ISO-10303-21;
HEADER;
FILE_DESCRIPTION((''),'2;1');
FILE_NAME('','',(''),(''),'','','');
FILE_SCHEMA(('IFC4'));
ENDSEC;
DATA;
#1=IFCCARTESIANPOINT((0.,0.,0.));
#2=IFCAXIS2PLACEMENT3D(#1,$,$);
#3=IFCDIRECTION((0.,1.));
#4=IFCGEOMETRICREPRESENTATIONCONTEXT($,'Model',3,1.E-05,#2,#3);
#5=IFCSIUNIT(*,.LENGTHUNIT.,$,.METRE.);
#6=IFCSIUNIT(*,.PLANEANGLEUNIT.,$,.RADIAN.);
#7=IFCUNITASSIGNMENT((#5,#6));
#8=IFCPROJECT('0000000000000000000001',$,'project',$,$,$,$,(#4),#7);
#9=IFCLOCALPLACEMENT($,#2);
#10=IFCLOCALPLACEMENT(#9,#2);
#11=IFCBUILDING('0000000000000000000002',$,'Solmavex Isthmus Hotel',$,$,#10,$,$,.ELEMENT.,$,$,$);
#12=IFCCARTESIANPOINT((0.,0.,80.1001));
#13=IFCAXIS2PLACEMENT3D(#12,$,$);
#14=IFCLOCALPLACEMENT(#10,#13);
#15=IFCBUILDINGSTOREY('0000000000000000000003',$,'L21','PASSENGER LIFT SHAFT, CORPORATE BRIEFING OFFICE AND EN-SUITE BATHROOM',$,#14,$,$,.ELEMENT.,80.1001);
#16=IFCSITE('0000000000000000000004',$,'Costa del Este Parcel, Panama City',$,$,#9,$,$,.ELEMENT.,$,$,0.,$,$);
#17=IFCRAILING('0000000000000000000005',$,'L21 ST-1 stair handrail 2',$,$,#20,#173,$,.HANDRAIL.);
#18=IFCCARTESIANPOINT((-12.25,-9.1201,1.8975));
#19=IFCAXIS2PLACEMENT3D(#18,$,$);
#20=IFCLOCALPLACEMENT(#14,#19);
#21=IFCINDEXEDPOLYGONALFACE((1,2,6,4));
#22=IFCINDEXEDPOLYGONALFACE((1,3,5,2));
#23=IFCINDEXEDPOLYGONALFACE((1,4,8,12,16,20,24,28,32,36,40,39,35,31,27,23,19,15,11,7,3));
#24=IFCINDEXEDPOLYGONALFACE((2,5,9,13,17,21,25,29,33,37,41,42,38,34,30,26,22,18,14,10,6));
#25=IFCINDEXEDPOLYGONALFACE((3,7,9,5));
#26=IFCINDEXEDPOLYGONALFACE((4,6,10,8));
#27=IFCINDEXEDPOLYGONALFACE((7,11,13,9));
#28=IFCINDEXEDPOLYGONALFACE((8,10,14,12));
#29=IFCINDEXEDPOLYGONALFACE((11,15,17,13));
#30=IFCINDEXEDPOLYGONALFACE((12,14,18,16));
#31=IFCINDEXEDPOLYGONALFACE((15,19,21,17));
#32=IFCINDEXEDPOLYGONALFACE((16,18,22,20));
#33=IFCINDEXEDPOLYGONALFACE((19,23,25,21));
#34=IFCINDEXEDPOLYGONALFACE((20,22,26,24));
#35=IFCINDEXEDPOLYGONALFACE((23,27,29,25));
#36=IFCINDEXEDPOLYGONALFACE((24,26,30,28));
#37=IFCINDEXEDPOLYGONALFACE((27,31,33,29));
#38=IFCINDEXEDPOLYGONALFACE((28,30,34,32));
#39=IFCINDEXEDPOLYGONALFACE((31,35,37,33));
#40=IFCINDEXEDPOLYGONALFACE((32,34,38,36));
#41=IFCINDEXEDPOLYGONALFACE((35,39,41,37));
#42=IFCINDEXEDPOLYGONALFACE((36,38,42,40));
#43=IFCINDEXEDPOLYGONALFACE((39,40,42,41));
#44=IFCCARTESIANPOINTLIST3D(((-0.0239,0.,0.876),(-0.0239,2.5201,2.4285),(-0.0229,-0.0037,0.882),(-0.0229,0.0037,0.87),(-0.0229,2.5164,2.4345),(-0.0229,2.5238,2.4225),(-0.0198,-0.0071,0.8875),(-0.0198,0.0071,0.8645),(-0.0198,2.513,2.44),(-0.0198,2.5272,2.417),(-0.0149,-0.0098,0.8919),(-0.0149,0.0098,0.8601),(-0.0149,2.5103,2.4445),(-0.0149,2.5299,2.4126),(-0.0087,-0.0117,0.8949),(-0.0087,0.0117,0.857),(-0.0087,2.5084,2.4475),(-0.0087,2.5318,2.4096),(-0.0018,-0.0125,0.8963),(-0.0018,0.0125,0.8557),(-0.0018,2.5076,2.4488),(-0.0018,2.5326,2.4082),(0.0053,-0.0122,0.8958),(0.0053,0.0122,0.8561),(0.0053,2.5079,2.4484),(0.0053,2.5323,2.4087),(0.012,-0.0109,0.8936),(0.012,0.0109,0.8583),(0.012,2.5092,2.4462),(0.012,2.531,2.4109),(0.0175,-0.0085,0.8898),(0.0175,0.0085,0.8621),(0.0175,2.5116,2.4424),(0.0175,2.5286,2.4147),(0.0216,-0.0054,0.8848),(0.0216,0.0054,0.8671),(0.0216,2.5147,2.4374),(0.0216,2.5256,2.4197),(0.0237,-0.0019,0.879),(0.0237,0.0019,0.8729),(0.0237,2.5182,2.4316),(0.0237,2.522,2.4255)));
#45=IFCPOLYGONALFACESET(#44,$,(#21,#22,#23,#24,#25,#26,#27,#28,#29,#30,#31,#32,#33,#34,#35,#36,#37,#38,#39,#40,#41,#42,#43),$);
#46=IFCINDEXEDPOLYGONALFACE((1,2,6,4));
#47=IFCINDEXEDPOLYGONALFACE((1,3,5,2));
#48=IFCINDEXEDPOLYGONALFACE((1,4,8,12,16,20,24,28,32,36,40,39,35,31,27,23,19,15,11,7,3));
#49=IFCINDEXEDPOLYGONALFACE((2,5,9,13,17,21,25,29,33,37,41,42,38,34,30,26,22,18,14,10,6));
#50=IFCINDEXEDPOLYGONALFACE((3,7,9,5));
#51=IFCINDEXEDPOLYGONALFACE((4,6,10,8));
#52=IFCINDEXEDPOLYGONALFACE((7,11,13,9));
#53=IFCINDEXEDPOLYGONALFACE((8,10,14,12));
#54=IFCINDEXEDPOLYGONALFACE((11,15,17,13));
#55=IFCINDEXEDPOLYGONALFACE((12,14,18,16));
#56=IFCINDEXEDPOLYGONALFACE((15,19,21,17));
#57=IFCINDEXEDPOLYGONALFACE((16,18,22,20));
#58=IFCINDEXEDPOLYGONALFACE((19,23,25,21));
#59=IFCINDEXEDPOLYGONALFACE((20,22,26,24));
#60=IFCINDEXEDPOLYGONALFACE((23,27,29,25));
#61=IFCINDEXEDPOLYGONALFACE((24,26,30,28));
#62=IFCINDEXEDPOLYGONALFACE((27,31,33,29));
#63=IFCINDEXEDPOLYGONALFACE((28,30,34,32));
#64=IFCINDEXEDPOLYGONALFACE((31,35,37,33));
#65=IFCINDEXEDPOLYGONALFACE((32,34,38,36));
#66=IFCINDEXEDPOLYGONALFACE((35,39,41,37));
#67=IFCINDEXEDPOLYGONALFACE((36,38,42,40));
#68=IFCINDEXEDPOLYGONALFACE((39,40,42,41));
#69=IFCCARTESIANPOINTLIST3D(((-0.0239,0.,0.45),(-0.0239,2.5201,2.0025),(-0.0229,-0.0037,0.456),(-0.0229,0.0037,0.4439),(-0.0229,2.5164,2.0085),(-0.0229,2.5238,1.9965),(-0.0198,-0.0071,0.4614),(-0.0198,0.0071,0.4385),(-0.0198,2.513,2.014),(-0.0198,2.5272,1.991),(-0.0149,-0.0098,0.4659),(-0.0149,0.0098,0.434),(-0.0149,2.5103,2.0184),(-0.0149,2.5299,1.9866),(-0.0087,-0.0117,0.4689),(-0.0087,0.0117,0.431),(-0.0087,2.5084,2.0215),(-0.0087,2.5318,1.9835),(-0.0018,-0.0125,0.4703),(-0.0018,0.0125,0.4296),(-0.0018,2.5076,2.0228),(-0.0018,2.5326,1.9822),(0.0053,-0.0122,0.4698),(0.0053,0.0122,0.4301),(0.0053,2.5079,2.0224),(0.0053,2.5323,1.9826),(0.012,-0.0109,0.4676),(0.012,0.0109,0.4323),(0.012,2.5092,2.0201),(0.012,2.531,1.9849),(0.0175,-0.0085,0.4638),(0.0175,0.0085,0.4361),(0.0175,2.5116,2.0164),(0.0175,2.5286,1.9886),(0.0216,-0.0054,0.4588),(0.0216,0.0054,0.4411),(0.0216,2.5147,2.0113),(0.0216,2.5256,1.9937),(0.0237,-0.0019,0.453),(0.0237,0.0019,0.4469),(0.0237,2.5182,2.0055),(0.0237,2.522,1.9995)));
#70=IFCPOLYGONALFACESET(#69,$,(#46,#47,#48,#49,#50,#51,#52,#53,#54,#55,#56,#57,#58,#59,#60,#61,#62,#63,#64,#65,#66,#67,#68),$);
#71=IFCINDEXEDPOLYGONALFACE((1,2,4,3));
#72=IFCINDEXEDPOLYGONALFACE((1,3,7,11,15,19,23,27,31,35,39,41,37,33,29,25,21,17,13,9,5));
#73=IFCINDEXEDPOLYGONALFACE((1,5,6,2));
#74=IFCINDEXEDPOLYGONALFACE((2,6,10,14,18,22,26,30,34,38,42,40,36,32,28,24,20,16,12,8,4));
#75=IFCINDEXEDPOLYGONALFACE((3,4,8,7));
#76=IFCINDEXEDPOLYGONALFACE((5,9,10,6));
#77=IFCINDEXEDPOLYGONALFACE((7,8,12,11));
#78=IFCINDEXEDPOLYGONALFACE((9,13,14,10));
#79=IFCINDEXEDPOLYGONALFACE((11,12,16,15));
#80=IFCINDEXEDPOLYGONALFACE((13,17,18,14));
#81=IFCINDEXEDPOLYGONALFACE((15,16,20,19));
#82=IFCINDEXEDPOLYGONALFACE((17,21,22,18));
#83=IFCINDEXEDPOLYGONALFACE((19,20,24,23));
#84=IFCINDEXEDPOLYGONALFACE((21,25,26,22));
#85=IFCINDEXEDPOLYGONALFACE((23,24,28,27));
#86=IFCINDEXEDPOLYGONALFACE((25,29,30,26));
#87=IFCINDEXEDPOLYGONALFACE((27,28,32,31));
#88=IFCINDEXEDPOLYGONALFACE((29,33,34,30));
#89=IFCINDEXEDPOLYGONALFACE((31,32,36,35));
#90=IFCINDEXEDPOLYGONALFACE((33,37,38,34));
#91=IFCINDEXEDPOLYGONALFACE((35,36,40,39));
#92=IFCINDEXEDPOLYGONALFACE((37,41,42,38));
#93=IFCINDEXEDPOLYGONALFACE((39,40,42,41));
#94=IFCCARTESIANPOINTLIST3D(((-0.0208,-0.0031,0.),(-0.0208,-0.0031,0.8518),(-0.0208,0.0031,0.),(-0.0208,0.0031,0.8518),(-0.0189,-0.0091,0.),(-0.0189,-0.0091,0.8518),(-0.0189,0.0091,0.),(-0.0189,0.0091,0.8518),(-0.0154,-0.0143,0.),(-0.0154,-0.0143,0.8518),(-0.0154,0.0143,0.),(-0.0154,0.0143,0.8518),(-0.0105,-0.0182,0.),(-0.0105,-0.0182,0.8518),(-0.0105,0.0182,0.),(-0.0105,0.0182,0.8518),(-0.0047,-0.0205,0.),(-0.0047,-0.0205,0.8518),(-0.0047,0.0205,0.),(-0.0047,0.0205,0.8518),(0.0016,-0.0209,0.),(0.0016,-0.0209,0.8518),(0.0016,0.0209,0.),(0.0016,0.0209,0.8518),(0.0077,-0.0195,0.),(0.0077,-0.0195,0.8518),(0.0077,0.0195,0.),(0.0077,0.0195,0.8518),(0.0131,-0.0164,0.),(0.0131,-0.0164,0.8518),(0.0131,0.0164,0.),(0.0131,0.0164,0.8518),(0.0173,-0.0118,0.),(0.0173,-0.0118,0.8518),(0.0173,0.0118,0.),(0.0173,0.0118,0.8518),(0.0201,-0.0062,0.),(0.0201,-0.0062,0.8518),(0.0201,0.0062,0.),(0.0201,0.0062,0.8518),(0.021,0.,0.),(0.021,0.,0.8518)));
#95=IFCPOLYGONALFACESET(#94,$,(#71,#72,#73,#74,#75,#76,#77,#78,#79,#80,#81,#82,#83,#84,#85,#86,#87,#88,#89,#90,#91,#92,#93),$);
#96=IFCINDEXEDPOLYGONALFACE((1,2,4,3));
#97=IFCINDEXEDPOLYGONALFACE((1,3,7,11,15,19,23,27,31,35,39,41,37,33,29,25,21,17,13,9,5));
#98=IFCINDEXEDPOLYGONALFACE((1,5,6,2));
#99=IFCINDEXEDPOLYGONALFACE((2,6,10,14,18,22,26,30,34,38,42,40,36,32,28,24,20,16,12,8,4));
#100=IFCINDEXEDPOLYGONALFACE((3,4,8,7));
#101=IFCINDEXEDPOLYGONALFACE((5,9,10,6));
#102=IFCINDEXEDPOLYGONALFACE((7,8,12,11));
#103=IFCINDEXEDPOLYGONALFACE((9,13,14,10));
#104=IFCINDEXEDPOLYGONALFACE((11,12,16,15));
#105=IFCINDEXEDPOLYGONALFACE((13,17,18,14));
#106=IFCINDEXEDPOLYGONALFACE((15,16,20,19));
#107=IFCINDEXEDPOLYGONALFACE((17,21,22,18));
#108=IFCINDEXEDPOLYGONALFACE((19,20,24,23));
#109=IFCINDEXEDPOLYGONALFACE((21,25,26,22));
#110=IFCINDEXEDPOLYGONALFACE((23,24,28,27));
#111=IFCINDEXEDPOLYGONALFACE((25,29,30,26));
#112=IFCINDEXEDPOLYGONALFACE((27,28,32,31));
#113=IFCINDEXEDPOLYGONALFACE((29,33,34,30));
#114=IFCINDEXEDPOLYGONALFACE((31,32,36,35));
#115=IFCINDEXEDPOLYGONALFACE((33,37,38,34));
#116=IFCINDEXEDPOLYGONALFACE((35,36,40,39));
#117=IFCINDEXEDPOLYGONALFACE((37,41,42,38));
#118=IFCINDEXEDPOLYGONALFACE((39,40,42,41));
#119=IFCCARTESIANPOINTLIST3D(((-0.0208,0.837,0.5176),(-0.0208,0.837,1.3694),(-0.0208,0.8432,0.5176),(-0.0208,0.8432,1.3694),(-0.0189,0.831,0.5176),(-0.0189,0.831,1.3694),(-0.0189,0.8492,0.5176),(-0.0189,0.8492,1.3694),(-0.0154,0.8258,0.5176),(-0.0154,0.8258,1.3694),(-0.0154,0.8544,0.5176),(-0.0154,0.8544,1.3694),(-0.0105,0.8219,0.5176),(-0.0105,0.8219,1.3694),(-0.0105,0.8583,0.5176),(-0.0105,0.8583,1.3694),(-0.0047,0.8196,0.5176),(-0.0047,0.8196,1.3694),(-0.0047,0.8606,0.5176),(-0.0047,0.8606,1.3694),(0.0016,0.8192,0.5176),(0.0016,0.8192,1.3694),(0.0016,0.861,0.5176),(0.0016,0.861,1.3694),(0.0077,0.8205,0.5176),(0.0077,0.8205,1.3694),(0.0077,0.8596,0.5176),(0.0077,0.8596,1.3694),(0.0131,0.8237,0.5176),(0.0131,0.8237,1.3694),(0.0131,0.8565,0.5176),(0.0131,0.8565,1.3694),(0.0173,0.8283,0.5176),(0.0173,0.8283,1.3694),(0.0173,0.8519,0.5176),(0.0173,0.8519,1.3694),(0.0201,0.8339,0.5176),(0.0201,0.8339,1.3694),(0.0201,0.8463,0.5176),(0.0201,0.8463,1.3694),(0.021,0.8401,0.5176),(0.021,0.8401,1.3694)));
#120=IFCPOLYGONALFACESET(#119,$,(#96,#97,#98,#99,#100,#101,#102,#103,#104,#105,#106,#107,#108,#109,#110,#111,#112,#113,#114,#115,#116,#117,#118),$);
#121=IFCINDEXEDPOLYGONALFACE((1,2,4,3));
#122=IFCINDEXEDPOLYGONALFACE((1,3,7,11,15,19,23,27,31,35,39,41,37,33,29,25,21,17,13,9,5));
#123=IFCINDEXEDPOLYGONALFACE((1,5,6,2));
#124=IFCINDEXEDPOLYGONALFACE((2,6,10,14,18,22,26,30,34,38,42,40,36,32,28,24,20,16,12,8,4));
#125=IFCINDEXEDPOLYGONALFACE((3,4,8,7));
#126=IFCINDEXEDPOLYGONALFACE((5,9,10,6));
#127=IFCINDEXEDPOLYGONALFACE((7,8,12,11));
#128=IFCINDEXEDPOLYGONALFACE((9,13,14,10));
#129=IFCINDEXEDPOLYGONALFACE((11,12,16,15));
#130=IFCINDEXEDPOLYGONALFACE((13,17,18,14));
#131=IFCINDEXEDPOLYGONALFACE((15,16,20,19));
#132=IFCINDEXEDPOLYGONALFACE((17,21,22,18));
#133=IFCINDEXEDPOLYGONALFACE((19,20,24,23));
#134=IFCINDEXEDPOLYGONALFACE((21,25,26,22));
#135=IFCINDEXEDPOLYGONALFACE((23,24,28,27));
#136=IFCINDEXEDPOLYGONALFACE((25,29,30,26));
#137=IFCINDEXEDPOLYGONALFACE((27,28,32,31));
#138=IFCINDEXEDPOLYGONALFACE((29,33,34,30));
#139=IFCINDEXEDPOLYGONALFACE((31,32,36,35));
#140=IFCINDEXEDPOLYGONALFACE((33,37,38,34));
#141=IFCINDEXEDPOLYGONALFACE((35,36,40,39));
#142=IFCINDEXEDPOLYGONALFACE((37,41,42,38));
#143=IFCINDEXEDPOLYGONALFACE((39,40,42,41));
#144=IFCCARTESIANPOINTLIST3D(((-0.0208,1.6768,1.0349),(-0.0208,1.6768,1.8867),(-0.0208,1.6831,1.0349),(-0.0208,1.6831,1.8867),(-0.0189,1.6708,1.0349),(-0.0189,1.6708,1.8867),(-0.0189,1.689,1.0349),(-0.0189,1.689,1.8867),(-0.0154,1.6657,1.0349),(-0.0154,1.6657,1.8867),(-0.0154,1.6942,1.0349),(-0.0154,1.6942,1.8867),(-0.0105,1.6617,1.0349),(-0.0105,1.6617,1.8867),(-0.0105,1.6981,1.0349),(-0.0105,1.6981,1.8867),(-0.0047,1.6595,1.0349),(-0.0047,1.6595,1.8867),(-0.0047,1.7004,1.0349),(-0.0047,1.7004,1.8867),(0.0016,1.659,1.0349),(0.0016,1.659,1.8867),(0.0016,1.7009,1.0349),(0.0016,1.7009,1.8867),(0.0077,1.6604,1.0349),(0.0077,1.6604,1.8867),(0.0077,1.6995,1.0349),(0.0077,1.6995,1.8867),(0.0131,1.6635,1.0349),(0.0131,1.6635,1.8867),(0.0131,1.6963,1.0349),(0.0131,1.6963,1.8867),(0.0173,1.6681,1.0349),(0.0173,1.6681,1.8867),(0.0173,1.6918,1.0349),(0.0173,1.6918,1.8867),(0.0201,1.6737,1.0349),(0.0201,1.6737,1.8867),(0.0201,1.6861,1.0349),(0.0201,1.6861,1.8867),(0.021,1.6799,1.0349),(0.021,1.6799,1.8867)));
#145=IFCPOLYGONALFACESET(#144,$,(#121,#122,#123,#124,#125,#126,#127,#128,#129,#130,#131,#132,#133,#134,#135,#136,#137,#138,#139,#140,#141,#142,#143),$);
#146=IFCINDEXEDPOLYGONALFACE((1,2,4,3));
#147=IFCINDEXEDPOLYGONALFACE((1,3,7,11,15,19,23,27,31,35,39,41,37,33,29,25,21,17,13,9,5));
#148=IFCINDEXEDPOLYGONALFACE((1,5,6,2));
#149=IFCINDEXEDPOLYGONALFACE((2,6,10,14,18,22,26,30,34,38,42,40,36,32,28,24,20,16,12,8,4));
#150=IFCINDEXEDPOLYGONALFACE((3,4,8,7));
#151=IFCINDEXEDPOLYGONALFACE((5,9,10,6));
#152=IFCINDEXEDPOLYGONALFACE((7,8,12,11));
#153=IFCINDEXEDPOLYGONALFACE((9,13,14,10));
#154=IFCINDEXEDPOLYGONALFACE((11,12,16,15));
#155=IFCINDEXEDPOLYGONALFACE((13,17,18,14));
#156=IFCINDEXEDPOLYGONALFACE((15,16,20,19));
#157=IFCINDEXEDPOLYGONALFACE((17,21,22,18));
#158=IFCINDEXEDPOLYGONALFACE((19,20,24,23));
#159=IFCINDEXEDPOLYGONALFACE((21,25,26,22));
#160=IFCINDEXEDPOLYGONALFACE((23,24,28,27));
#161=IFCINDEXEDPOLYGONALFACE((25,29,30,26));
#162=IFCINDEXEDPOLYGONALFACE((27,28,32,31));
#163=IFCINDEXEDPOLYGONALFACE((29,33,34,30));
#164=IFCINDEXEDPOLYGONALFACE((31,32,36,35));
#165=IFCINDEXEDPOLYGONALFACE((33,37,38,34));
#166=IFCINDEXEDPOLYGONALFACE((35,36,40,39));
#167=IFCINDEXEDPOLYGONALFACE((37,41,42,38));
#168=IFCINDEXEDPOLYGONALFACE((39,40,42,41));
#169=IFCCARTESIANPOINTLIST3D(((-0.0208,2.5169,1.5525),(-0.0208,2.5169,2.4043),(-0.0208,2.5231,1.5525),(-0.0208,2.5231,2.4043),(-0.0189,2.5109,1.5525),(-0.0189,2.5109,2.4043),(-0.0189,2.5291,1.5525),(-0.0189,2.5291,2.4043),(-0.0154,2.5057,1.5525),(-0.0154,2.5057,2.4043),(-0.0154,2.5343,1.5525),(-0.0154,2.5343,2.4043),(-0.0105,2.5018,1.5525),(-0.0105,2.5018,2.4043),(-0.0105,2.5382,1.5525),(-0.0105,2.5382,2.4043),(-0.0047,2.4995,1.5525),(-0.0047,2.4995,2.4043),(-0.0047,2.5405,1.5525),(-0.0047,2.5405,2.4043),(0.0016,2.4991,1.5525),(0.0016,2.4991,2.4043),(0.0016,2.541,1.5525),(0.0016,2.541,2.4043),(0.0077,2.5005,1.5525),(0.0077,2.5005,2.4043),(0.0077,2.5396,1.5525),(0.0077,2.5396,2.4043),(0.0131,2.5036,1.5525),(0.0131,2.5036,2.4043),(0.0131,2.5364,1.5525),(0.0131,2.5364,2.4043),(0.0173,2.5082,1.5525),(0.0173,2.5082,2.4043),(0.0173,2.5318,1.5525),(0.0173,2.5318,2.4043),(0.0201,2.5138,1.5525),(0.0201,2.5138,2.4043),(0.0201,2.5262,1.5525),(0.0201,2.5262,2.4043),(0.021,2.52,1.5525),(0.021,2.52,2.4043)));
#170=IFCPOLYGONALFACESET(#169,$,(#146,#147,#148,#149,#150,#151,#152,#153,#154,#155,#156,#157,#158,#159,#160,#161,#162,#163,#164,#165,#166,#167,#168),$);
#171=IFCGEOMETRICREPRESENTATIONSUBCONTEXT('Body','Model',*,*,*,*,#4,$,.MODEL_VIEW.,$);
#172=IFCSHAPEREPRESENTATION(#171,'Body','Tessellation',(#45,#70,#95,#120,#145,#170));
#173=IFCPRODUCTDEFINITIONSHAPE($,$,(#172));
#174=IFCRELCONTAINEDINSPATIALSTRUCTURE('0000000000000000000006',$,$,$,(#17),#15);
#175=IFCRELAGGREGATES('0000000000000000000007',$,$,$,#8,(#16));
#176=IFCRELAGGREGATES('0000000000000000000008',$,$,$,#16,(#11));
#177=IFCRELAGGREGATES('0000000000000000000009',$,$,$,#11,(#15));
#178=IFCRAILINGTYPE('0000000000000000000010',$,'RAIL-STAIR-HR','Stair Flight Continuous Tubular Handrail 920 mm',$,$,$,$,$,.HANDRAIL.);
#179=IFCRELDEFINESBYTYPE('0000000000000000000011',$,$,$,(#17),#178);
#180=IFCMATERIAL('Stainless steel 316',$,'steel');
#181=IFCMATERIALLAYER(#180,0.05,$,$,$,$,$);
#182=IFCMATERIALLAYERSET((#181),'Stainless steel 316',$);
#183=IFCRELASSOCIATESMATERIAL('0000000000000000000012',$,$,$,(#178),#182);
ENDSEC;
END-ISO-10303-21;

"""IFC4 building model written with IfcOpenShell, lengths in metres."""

from ifc_helpers import new_model, si_unit, direction, frame, origin, origin_2d, place, context, subcontext, project, spatial, circle, extrude, material, layer, layer_set, type_object, element, save


model = new_model("IFC4")

# Units and contexts
model_context = context("Model", 3, precision=1e-05, world=origin(), true_north=direction((0.0, 1.0)))
body_context = subcontext(model_context, "Body", "Model", "MODEL_VIEW")
ifc_project = project(units=[si_unit("LENGTHUNIT", "METRE"), si_unit("PLANEANGLEUNIT", "RADIAN")], contexts=[model_context])

# Site, building, storey
site_placement = place(None, origin())
site = spatial("IfcSite", under=ifc_project, at=site_placement, Name="Costa del Este Parcel, Panama City", CompositionType="ELEMENT", RefElevation=0.0)
building_placement = place(site_placement, origin())
building = spatial("IfcBuilding", under=site, at=building_placement, Name="Solmavex Isthmus Hotel", CompositionType="ELEMENT")
storey_placement = place(building_placement, frame((0.0, 0.0, 80.1001)))
storey = spatial("IfcBuildingStorey", under=building, at=storey_placement, Name="L21", Description="PASSENGER LIFT SHAFT, CORPORATE BRIEFING OFFICE AND EN-SUITE BATHROOM", CompositionType="ELEMENT", Elevation=80.1001)

# Shared definitions
ifc_material_1 = material(Name="Stainless steel 316", Category="steel")

# Railing
ifc_layer_1 = layer(ifc_material_1, 0.05)
ifc_layer_set_1 = layer_set([ifc_layer_1], Name="Stainless steel 316")
railing_type = type_object("IfcRailingType", Name="RAIL-STAIR-HR", Description="Stair Flight Continuous Tubular Handrail 920 mm", PredefinedType="HANDRAIL", material=ifc_layer_set_1)
railing_placement = place(storey_placement, frame((-12.25, -9.1201, 1.8975)))
element("IfcRailing", 1, at=railing_placement, inside=storey, type_object=railing_type, Name="L21 ST-1 stair handrail 2", PredefinedType="HANDRAIL", context=body_context, shape_type="SweptSolid", body=[
    extrude(circle(Radius=0.0239, at=origin_2d()), frame((0.0, 0.0, 0.876), z_axis=(0.0, 0.8514, 0.524516), x_axis=(-1.0, 0.0, 0.0)), (0.0, 0.0, 1.0), 2.96),
    extrude(circle(Radius=0.0239, at=origin_2d()), frame((0.0, 0.0, 0.45), z_axis=(0.0, 0.8514, 0.524516), x_axis=(-1.0, 0.0, 0.0)), (0.0, 0.0, 1.0), 2.96),
    extrude(circle(Radius=0.021, at=origin_2d()), origin(), (0.0, 0.0, 1.0), 0.8518),
    extrude(circle(Radius=0.021, at=origin_2d()), frame((0.0, 0.8401, 0.5176)), (0.0, 0.0, 1.0), 0.8518),
    extrude(circle(Radius=0.021, at=origin_2d()), frame((0.0, 1.6799, 1.0349)), (0.0, 0.0, 1.0), 0.8518),
    extrude(circle(Radius=0.021, at=origin_2d()), frame((0.0, 2.52, 1.5525)), (0.0, 0.0, 1.0), 0.8518),
])

save(model, "model.ifc")
